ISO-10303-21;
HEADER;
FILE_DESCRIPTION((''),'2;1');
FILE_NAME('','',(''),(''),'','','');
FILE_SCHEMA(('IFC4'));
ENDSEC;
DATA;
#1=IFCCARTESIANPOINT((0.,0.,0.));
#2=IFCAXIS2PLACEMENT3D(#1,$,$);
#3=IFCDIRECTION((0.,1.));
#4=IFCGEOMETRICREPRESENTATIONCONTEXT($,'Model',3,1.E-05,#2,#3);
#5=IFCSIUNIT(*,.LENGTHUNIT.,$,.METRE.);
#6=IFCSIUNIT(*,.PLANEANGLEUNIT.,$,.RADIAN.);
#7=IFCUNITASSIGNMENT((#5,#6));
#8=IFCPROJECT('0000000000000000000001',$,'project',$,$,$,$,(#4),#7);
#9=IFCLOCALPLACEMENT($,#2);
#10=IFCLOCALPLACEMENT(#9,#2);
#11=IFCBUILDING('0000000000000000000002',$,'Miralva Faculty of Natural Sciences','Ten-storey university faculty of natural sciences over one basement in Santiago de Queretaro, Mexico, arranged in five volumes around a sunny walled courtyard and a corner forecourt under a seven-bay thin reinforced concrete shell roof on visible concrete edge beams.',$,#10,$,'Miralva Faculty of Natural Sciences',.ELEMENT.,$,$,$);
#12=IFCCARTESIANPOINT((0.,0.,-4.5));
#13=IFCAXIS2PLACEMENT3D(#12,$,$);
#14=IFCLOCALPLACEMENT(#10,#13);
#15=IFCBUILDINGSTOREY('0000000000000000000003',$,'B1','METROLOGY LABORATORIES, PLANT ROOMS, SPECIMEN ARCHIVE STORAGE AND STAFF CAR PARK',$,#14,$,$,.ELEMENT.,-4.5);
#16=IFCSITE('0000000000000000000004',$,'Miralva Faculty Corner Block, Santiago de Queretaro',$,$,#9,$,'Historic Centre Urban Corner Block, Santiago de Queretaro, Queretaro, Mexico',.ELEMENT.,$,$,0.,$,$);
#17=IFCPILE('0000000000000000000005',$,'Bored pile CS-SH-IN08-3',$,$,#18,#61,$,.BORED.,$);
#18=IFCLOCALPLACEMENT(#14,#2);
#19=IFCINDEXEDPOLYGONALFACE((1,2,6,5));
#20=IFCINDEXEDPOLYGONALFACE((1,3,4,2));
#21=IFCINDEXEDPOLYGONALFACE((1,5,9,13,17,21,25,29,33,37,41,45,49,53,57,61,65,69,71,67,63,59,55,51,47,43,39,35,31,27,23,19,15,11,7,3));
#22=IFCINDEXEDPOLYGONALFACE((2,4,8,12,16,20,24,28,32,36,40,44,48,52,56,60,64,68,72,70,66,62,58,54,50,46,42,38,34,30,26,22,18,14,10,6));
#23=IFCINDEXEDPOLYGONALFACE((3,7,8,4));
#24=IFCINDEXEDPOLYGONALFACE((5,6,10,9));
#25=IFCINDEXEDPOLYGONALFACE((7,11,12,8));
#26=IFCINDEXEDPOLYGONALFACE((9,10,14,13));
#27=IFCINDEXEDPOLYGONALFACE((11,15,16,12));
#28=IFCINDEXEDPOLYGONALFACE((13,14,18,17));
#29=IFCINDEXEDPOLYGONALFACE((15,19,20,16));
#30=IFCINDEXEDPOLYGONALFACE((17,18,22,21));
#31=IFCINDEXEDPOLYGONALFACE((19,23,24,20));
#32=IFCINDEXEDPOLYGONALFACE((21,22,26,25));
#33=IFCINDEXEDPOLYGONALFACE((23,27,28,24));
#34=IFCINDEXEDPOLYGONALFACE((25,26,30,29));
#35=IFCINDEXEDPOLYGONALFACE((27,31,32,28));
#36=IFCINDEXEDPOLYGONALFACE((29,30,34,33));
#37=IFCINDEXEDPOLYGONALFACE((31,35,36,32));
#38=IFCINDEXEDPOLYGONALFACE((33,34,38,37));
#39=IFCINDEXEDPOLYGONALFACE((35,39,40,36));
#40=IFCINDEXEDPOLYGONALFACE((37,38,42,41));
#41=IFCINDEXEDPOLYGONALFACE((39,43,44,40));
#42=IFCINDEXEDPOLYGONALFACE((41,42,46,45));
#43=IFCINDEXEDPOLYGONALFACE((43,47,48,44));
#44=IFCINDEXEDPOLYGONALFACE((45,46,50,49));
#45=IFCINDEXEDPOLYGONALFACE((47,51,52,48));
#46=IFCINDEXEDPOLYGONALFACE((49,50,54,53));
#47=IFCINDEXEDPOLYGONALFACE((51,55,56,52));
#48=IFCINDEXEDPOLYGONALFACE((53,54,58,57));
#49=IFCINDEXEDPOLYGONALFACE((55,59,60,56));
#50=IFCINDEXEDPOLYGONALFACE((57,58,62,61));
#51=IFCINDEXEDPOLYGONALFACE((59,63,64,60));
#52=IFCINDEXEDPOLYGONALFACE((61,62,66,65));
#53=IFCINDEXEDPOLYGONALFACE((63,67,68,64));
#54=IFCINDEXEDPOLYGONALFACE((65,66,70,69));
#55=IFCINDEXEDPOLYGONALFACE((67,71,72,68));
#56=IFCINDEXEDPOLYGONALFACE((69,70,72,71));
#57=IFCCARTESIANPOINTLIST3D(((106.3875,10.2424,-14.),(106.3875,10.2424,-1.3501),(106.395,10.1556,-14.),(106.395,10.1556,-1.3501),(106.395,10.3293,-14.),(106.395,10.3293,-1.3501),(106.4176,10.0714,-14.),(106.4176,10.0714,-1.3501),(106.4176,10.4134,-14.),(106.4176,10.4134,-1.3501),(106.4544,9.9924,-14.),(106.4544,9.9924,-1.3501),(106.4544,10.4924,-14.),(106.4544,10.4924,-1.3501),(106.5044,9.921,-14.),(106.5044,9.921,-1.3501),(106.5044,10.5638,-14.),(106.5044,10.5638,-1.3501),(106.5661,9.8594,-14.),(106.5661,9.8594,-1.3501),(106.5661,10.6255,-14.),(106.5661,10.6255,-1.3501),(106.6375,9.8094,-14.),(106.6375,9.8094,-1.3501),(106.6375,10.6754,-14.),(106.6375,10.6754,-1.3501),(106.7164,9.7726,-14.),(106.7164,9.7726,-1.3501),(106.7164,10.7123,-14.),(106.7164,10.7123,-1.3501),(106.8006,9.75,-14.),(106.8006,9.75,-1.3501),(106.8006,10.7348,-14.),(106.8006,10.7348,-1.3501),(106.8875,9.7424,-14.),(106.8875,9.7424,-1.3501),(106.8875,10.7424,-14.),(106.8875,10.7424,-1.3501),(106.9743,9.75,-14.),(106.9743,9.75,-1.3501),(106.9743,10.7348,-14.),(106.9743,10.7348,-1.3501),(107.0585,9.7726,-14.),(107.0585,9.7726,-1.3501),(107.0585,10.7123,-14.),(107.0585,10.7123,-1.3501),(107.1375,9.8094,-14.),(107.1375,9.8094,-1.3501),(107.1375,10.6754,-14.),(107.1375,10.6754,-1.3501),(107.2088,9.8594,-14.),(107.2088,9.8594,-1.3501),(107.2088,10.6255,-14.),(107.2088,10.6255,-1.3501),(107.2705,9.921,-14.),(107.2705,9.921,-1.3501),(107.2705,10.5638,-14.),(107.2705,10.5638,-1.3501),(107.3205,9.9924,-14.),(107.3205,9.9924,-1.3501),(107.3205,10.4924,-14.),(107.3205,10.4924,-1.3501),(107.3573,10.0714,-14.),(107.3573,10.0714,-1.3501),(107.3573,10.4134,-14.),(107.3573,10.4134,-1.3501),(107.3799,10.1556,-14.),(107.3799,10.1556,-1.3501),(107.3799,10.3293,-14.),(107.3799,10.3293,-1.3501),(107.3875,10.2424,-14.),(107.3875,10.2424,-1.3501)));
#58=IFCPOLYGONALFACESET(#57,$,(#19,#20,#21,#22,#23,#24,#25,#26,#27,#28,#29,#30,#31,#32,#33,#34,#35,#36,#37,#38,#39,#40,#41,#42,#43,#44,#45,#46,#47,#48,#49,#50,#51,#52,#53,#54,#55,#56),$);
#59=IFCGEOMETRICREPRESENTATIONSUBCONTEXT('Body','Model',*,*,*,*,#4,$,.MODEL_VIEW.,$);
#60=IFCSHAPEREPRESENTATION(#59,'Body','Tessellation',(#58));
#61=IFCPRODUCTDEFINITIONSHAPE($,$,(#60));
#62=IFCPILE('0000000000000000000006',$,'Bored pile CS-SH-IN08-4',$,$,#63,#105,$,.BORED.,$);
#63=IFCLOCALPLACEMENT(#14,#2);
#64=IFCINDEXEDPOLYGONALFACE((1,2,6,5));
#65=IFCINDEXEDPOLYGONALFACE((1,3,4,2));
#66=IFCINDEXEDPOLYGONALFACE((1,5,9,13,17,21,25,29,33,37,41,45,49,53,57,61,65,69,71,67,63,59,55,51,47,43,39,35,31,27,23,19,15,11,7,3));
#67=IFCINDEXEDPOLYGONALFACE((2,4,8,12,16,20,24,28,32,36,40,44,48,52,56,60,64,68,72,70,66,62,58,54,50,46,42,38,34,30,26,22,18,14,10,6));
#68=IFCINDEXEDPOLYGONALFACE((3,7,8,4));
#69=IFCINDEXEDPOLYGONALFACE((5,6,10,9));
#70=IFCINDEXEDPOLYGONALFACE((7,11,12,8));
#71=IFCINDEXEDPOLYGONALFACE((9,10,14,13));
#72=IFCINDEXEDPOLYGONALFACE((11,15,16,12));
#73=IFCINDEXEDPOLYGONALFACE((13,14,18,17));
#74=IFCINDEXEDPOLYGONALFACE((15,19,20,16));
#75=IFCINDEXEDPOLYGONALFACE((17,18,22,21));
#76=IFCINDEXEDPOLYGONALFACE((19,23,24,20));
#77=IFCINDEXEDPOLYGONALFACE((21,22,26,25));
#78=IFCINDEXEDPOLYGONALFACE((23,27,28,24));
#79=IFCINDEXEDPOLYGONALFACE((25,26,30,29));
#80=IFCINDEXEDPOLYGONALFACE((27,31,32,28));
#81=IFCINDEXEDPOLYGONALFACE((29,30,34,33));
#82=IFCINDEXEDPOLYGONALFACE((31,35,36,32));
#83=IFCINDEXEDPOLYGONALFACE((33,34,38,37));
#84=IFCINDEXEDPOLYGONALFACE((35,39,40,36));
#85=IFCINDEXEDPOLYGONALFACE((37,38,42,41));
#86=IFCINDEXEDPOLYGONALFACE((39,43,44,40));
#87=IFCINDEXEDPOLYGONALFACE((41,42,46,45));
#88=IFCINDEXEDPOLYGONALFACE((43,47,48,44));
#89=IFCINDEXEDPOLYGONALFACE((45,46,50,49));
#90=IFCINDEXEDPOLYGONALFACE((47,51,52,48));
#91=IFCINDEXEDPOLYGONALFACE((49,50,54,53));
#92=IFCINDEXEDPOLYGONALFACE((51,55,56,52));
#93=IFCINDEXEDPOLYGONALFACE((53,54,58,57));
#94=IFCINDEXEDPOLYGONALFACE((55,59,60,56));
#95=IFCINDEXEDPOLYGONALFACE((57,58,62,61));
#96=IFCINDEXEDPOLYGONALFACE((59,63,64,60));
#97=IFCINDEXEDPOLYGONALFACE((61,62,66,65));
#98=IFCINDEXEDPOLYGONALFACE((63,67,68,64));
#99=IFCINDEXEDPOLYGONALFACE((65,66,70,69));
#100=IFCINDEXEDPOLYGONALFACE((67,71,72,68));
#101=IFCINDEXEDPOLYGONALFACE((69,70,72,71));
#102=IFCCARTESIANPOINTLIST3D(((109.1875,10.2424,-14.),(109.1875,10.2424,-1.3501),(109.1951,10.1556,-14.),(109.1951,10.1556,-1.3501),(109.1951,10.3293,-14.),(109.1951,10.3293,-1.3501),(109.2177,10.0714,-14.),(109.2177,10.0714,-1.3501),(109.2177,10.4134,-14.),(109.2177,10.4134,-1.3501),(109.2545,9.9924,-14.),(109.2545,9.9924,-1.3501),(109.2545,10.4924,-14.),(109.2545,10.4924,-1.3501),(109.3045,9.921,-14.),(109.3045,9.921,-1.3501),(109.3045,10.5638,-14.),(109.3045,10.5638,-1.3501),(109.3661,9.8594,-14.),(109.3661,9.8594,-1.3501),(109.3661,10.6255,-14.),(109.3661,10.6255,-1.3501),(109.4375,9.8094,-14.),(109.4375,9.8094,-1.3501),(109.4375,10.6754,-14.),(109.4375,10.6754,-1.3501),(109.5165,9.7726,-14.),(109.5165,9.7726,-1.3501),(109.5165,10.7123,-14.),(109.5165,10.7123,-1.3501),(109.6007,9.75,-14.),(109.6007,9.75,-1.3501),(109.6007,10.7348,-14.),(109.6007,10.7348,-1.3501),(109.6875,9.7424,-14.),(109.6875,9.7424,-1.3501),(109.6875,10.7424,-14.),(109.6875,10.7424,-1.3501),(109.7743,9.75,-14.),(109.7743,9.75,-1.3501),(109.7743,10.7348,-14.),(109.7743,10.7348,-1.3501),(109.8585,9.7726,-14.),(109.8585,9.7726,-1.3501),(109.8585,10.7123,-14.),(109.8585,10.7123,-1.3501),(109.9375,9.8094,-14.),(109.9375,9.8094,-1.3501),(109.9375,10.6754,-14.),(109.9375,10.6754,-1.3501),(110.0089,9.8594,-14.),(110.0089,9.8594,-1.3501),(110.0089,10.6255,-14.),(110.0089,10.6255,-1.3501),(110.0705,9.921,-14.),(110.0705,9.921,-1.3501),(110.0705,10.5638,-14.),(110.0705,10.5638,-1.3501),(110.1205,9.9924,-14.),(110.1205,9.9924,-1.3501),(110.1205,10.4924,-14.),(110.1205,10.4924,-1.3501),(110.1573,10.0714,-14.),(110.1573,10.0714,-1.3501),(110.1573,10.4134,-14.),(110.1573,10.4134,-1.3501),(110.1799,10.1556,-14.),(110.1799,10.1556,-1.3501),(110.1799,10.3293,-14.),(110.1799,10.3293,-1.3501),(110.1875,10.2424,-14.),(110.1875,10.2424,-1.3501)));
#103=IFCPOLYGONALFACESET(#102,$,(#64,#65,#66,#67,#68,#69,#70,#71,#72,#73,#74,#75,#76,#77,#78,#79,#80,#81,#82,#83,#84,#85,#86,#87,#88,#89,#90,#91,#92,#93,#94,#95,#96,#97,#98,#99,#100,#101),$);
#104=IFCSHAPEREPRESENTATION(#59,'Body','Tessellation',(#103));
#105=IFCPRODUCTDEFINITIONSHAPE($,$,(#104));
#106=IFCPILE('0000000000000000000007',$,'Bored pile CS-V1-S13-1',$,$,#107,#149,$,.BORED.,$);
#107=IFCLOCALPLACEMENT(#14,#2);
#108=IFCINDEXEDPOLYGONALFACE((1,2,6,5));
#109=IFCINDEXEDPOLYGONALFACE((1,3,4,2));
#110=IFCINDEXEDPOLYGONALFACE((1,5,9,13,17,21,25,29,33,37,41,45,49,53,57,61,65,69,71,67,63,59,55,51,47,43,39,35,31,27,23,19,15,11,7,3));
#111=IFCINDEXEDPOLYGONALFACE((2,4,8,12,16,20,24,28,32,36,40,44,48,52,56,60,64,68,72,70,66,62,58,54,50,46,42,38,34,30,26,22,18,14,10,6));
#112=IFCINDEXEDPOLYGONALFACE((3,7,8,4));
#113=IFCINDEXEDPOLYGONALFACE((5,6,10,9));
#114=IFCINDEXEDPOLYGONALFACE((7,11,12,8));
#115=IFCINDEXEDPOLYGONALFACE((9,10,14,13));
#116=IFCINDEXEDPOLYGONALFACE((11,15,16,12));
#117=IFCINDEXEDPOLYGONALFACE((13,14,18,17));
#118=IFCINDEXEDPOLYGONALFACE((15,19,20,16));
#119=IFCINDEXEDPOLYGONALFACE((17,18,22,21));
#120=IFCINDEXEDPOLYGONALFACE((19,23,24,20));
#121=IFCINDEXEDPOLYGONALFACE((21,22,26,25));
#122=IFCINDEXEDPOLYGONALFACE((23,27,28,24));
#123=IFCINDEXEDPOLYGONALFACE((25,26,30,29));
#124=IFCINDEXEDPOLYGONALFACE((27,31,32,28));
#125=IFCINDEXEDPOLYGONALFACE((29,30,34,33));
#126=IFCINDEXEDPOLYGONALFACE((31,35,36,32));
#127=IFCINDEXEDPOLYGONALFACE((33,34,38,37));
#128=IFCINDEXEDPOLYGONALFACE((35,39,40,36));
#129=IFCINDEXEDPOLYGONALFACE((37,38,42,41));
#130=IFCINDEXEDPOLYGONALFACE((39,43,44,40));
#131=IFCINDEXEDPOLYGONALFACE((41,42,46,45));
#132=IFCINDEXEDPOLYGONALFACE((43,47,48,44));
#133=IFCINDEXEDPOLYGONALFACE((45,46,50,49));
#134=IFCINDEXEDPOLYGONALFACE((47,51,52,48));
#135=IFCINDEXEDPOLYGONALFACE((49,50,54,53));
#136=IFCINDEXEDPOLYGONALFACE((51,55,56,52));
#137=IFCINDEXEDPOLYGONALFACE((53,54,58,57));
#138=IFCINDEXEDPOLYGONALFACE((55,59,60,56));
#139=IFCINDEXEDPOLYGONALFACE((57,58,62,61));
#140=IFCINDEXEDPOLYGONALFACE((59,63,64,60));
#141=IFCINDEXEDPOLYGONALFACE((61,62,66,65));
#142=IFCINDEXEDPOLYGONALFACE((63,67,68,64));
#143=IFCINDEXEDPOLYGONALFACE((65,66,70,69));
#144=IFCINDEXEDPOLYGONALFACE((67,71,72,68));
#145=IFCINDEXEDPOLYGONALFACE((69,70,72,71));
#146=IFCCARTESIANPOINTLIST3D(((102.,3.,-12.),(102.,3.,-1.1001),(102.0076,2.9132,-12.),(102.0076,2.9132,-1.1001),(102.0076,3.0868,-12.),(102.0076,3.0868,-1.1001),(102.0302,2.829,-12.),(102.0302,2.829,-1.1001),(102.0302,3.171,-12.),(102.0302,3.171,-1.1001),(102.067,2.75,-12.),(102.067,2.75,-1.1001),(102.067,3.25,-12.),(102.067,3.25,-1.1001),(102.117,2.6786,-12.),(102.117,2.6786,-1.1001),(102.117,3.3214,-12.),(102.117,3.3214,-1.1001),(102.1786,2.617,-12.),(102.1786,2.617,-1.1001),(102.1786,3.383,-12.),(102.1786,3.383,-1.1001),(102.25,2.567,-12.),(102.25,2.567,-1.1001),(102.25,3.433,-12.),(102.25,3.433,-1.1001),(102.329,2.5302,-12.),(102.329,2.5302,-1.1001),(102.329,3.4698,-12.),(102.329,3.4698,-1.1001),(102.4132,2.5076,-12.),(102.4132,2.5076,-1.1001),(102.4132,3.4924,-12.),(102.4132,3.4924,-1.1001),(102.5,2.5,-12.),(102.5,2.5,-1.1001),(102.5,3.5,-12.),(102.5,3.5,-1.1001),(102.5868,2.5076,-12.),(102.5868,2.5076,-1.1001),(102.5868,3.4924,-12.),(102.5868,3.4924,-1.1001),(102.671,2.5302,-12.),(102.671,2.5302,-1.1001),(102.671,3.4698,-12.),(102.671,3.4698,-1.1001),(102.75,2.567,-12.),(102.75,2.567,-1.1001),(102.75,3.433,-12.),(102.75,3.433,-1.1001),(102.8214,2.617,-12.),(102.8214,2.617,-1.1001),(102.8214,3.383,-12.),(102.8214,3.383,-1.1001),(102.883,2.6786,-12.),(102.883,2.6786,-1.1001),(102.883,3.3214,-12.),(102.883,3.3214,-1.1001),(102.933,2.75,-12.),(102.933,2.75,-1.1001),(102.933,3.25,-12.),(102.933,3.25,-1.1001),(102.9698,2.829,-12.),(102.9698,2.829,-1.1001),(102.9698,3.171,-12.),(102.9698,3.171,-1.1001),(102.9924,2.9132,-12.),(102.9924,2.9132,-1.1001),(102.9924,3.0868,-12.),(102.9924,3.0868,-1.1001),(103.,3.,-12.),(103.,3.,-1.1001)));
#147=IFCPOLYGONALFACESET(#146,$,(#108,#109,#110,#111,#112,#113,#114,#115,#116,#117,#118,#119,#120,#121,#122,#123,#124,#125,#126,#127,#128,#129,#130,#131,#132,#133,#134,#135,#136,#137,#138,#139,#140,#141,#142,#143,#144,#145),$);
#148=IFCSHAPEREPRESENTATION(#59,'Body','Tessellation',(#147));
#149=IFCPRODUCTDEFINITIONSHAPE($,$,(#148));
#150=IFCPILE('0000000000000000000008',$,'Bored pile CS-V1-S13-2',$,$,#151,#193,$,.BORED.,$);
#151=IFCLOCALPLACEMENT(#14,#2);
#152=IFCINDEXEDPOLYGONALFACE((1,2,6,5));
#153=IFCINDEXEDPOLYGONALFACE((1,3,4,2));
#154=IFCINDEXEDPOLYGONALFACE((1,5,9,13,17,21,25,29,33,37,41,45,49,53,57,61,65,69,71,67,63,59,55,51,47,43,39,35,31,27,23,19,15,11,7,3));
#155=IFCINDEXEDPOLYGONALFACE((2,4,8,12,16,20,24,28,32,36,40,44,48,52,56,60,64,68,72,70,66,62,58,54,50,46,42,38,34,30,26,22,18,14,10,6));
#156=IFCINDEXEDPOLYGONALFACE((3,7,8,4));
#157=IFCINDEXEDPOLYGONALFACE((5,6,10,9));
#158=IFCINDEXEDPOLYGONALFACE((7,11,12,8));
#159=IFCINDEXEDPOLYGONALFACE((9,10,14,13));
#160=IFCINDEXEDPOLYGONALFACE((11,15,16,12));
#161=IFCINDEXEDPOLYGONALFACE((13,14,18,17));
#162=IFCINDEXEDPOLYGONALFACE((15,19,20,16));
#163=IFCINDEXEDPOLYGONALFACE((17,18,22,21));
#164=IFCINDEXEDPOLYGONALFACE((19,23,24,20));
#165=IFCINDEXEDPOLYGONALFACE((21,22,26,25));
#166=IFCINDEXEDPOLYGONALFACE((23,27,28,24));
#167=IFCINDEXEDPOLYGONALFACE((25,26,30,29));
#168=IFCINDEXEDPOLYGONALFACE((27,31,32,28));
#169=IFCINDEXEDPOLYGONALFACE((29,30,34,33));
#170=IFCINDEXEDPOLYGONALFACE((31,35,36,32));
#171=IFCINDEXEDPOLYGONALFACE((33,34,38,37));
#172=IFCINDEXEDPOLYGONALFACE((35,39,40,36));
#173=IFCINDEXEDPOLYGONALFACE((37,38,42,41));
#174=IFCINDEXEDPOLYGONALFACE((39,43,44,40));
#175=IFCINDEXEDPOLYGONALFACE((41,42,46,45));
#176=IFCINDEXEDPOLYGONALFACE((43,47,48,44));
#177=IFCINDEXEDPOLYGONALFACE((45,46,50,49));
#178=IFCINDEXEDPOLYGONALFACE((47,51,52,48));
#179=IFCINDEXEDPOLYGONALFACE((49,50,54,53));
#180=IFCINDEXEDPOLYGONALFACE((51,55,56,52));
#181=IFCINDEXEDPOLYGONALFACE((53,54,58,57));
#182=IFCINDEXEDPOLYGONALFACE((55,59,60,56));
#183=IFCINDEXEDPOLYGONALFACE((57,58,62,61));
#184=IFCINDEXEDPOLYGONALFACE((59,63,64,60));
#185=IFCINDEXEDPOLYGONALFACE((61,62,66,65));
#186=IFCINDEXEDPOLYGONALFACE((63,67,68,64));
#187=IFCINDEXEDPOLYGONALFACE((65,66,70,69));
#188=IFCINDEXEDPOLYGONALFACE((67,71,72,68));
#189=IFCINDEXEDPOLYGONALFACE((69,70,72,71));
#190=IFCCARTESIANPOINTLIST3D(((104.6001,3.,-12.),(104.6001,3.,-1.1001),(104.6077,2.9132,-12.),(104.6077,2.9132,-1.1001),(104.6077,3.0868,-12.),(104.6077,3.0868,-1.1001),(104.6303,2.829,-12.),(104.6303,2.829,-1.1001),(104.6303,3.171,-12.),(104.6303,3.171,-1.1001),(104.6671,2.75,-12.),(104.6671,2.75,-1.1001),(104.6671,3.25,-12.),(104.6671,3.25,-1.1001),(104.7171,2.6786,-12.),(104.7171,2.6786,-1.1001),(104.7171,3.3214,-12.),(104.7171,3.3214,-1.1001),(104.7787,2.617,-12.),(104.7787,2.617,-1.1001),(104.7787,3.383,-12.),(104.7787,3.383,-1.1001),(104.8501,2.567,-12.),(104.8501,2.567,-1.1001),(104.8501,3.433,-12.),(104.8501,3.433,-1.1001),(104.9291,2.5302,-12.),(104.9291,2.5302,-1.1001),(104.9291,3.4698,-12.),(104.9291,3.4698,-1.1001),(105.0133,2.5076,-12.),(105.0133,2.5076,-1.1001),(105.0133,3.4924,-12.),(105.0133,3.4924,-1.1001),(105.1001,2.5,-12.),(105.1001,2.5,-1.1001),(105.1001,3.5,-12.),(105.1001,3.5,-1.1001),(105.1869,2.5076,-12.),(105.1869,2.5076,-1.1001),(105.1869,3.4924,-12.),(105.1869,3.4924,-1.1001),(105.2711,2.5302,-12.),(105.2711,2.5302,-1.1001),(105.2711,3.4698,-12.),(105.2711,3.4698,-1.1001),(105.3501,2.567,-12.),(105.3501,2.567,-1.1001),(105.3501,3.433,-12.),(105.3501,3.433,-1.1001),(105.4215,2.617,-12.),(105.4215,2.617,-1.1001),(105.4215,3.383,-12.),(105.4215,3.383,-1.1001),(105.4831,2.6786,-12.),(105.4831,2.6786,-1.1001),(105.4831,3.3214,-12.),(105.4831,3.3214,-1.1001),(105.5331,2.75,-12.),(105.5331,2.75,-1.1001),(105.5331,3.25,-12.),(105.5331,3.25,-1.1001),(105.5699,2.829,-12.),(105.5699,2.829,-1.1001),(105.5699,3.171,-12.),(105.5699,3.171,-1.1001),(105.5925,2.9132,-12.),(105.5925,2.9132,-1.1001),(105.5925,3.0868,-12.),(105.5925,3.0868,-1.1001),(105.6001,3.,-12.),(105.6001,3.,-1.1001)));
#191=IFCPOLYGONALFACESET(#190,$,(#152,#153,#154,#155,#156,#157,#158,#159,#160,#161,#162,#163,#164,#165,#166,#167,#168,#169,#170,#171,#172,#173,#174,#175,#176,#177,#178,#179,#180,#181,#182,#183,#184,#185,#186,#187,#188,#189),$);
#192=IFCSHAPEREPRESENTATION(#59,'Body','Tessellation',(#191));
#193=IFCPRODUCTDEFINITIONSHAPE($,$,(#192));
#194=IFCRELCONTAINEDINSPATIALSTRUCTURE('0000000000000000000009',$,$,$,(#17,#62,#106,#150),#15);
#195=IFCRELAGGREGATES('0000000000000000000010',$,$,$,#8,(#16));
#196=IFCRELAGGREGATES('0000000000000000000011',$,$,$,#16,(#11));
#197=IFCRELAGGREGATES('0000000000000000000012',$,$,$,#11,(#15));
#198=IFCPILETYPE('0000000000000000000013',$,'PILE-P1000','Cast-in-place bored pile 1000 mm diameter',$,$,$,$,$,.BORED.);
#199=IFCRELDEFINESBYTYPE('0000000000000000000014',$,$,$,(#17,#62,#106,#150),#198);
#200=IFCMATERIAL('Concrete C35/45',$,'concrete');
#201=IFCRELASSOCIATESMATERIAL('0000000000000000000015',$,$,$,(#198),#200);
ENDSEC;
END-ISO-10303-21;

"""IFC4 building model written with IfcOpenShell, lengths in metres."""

from ifc_helpers import new_model, si_unit, direction, frame, origin, origin_2d, place, context, subcontext, project, spatial, circle, extrude, material, material_profile, profile_set, type_object, element, save


model = new_model("IFC4")

# Units and contexts
model_context = context("Model", 3, precision=1e-05, world=origin(), true_north=direction((0.0, 1.0)))
body_context = subcontext(model_context, "Body", "Model", "MODEL_VIEW")
ifc_project = project(units=[si_unit("LENGTHUNIT", "METRE"), si_unit("PLANEANGLEUNIT", "RADIAN")], contexts=[model_context])

# Site, building, storey
site_placement = place(None, origin())
site = spatial("IfcSite", under=ifc_project, at=site_placement, Name="Miralva Faculty Corner Block, Santiago de Queretaro", LongName="Historic Centre Urban Corner Block, Santiago de Queretaro, Queretaro, Mexico", CompositionType="ELEMENT", RefElevation=0.0)
building_placement = place(site_placement, origin())
building = spatial("IfcBuilding", under=site, at=building_placement, Name="Miralva Faculty of Natural Sciences", Description="Ten-storey university faculty of natural sciences over one basement in Santiago de Queretaro, Mexico, arranged in five volumes around a sunny walled courtyard and a corner forecourt under a seven-bay thin reinforced concrete shell roof on visible concrete edge beams.", LongName="Miralva Faculty of Natural Sciences", CompositionType="ELEMENT")
storey_placement = place(building_placement, frame((0.0, 0.0, -4.5)))
storey = spatial("IfcBuildingStorey", under=building, at=storey_placement, Name="B1", Description="METROLOGY LABORATORIES, PLANT ROOMS, SPECIMEN ARCHIVE STORAGE AND STAFF CAR PARK", CompositionType="ELEMENT", Elevation=-4.5)

# Shared definitions
ifc_material_1 = material(Name="Concrete C35/45", Category="concrete")

# Piles
ifc_material_profile_1 = material_profile(ifc_material_1, circle(Radius=0.5, at=origin_2d()), Name="BORED PILE 1000")
ifc_profile_set_1 = profile_set([ifc_material_profile_1], Name="Concrete C35/45")
pile_type = type_object("IfcPileType", Name="PILE-P1000", Description="Cast-in-place bored pile 1000 mm diameter", PredefinedType="BORED", material=ifc_profile_set_1)
for number, where, z_axis, x_axis, name in (
    (1, (106.8875, 10.2424, -1.3501), (0.0, 0.0, -1.0), (1.0, 0.0, 0.0), "Bored pile CS-SH-IN08-3"),
    (2, (109.6875, 10.2424, -1.3501), (0.0, 0.0, -1.0), (1.0, 0.0, 0.0), "Bored pile CS-SH-IN08-4"),
):
    element("IfcPile", number, at=place(storey_placement, frame(where, z_axis=z_axis, x_axis=x_axis)), inside=storey, type_object=pile_type, Name=name, PredefinedType="BORED", context=body_context, shape_type="SweptSolid", body=[
        extrude(circle(Radius=0.5, at=origin_2d()), origin(), (0.0, 0.0, 1.0), 12.6499),
    ])
for number, where, z_axis, x_axis, name in (
    (3, (102.5, 3.0, -1.1001), (0.0, 0.0, -1.0), (1.0, 0.0, 0.0), "Bored pile CS-V1-S13-1"),
    (4, (105.1001, 3.0, -1.1001), (0.0, 0.0, -1.0), (1.0, 0.0, 0.0), "Bored pile CS-V1-S13-2"),
):
    element("IfcPile", number, at=place(storey_placement, frame(where, z_axis=z_axis, x_axis=x_axis)), inside=storey, type_object=pile_type, Name=name, PredefinedType="BORED", context=body_context, shape_type="SweptSolid", body=[
        extrude(circle(Radius=0.5, at=origin_2d()), origin(), (0.0, 0.0, 1.0), 10.8999),
    ])

save(model, "model.ifc")
